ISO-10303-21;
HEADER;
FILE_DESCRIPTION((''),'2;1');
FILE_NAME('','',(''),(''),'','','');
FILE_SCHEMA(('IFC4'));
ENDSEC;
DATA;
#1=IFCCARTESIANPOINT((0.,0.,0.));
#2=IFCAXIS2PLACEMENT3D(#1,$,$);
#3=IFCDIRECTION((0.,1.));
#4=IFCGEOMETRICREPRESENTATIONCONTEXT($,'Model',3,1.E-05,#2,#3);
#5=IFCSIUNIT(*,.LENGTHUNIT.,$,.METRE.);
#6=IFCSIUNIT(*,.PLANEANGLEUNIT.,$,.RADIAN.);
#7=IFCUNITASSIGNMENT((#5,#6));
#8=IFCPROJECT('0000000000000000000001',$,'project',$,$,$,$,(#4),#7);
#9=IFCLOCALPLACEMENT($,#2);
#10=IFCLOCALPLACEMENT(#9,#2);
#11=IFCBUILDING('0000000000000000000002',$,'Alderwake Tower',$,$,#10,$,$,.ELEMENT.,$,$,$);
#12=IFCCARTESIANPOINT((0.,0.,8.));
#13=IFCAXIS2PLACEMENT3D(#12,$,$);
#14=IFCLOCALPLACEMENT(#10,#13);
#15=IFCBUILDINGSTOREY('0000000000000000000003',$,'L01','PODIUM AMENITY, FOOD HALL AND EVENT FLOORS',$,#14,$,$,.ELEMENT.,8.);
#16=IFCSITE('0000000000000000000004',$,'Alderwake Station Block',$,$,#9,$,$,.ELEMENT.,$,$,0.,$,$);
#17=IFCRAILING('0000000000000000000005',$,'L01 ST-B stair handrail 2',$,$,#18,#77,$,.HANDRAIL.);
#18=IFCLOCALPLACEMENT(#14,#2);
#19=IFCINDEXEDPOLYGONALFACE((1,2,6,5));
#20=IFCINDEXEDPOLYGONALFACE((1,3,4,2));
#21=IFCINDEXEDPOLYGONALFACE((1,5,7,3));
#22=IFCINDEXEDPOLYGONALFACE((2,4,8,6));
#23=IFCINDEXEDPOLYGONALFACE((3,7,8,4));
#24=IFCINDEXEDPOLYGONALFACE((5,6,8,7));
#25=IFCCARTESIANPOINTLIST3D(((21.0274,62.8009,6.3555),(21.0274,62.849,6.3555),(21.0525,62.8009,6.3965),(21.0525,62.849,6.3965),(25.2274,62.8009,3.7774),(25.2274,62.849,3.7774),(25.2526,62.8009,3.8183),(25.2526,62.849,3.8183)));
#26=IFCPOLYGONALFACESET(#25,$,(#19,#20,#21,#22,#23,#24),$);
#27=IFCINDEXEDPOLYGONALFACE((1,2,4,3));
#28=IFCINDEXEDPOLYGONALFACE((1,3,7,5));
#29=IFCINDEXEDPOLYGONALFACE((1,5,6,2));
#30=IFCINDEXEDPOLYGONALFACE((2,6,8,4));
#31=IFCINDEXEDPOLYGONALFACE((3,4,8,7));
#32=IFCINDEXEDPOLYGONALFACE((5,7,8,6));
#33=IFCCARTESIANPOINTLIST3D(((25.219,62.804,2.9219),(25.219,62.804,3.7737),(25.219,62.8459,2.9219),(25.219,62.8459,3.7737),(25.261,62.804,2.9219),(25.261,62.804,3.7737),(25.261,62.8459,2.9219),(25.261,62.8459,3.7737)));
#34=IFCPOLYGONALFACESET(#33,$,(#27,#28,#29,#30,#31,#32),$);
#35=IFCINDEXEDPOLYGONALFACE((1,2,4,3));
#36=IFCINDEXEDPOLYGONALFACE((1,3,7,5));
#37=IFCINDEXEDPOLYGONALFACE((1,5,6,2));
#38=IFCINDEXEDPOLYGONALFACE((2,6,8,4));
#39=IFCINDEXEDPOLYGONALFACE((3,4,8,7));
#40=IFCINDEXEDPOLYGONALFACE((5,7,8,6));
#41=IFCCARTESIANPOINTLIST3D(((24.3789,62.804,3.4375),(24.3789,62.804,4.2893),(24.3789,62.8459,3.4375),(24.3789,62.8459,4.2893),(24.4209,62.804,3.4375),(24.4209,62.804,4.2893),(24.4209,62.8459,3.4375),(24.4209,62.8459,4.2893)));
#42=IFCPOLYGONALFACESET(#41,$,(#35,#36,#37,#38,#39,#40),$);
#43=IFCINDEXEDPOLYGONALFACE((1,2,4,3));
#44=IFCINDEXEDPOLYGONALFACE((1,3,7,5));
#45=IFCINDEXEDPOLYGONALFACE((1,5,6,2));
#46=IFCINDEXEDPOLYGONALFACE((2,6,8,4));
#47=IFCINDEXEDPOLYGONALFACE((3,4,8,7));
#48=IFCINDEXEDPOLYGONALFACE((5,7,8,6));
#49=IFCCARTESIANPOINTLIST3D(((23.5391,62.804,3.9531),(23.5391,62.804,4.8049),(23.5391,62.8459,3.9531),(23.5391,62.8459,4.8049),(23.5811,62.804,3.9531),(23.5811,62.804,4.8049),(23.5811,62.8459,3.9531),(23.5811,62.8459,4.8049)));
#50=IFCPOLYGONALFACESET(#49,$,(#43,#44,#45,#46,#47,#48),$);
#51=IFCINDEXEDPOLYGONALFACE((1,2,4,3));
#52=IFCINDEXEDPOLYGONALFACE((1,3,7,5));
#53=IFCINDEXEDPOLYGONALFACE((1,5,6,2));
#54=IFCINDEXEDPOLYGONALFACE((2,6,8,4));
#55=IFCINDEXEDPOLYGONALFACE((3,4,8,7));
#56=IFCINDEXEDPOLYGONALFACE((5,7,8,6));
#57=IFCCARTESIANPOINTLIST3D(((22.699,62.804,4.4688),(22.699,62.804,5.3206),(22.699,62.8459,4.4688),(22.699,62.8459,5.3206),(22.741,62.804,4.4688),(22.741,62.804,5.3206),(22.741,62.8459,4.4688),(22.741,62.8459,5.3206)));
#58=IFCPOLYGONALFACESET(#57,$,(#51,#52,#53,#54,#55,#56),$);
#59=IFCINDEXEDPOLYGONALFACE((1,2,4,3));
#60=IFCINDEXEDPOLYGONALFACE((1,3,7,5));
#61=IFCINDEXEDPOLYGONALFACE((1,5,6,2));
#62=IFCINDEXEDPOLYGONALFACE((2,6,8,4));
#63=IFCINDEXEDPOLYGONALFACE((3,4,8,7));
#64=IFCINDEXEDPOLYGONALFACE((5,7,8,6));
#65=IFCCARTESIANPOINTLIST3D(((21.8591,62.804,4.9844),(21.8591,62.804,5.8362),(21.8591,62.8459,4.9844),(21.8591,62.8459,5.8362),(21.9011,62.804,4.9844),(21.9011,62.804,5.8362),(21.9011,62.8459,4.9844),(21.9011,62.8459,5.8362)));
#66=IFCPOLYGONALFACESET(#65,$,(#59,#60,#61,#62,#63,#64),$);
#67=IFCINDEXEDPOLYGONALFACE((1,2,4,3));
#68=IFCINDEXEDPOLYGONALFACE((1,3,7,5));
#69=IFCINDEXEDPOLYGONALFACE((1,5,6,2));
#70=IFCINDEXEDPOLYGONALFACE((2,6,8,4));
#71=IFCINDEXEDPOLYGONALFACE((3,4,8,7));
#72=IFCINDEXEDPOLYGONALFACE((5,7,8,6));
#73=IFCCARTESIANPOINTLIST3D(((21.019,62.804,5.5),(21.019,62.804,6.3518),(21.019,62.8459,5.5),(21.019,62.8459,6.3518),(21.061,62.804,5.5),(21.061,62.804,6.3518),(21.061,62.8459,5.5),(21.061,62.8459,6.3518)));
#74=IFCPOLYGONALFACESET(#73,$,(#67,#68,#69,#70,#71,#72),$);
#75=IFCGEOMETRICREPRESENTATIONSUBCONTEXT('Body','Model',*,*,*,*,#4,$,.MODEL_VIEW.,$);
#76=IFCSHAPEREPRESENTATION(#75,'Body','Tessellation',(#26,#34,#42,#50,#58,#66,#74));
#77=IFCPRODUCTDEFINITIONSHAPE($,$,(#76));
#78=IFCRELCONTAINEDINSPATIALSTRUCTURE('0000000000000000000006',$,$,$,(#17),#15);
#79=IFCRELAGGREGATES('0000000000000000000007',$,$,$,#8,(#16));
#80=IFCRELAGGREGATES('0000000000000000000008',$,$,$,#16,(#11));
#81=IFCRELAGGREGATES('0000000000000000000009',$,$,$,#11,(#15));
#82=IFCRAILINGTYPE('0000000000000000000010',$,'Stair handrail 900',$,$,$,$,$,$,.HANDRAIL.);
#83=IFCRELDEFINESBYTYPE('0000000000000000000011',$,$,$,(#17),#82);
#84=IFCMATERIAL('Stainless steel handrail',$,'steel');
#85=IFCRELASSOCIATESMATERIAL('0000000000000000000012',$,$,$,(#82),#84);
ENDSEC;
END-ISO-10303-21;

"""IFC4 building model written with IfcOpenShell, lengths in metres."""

from ifc_helpers import new_model, si_unit, direction, frame, origin, origin_2d, place, context, subcontext, project, spatial, rectangle, extrude, material, type_object, element, save


model = new_model("IFC4")

# Units and contexts
model_context = context("Model", 3, precision=1e-05, world=origin(), true_north=direction((0.0, 1.0)))
body_context = subcontext(model_context, "Body", "Model", "MODEL_VIEW")
ifc_project = project(units=[si_unit("LENGTHUNIT", "METRE"), si_unit("PLANEANGLEUNIT", "RADIAN")], contexts=[model_context])

# Site, building, storey
site_placement = place(None, origin())
site = spatial("IfcSite", under=ifc_project, at=site_placement, Name="Alderwake Station Block", CompositionType="ELEMENT", RefElevation=0.0)
building_placement = place(site_placement, origin())
building = spatial("IfcBuilding", under=site, at=building_placement, Name="Alderwake Tower", CompositionType="ELEMENT")
storey_placement = place(building_placement, frame((0.0, 0.0, 8.0)))
storey = spatial("IfcBuildingStorey", under=building, at=storey_placement, Name="L01", Description="PODIUM AMENITY, FOOD HALL AND EVENT FLOORS", CompositionType="ELEMENT", Elevation=8.0)

# Railing
ifc_material_1 = material(Name="Stainless steel handrail", Category="steel")
railing_type = type_object("IfcRailingType", Name="Stair handrail 900", PredefinedType="HANDRAIL", material=ifc_material_1)
railing_placement = place(storey_placement, frame((25.24, 62.825, 2.9219)))
element("IfcRailing", 1, at=railing_placement, inside=storey, type_object=railing_type, Name="L01 ST-B stair handrail 2", PredefinedType="HANDRAIL", context=body_context, shape_type="SweptSolid", body=[
    extrude(rectangle(XDim=0.0481, YDim=0.0481, at=origin_2d()), frame((0.0, 0.0, 0.876), z_axis=(-0.852243, 0.0, 0.523146), x_axis=(0.0, -1.0, 0.0)), (0.0, 0.0, 1.0), 4.9282),
    extrude(rectangle(XDim=0.042, YDim=0.042, at=origin_2d()), frame((0.0, 0.0, 0.0), z_axis=(0.0, 0.0, 1.0), x_axis=(-1.0, 0.0, 0.0)), (0.0, 0.0, 1.0), 0.8518),
    extrude(rectangle(XDim=0.042, YDim=0.042, at=origin_2d()), frame((-0.8401, 0.0, 0.5156), z_axis=(0.0, 0.0, 1.0), x_axis=(-1.0, 0.0, 0.0)), (0.0, 0.0, 1.0), 0.8518),
    extrude(rectangle(XDim=0.042, YDim=0.042, at=origin_2d()), frame((-1.6799, 0.0, 1.0312), z_axis=(0.0, 0.0, 1.0), x_axis=(-1.0, 0.0, 0.0)), (0.0, 0.0, 1.0), 0.8518),
    extrude(rectangle(XDim=0.042, YDim=0.042, at=origin_2d()), frame((-2.52, 0.0, 1.5469), z_axis=(0.0, 0.0, 1.0), x_axis=(-1.0, 0.0, 0.0)), (0.0, 0.0, 1.0), 0.8518),
    extrude(rectangle(XDim=0.042, YDim=0.042, at=origin_2d()), frame((-3.3599, 0.0, 2.0625), z_axis=(0.0, 0.0, 1.0), x_axis=(-1.0, 0.0, 0.0)), (0.0, 0.0, 1.0), 0.8518),
    extrude(rectangle(XDim=0.042, YDim=0.042, at=origin_2d()), frame((-4.2, 0.0, 2.5781), z_axis=(0.0, 0.0, 1.0), x_axis=(-1.0, 0.0, 0.0)), (0.0, 0.0, 1.0), 0.8518),
])

save(model, "model.ifc")
